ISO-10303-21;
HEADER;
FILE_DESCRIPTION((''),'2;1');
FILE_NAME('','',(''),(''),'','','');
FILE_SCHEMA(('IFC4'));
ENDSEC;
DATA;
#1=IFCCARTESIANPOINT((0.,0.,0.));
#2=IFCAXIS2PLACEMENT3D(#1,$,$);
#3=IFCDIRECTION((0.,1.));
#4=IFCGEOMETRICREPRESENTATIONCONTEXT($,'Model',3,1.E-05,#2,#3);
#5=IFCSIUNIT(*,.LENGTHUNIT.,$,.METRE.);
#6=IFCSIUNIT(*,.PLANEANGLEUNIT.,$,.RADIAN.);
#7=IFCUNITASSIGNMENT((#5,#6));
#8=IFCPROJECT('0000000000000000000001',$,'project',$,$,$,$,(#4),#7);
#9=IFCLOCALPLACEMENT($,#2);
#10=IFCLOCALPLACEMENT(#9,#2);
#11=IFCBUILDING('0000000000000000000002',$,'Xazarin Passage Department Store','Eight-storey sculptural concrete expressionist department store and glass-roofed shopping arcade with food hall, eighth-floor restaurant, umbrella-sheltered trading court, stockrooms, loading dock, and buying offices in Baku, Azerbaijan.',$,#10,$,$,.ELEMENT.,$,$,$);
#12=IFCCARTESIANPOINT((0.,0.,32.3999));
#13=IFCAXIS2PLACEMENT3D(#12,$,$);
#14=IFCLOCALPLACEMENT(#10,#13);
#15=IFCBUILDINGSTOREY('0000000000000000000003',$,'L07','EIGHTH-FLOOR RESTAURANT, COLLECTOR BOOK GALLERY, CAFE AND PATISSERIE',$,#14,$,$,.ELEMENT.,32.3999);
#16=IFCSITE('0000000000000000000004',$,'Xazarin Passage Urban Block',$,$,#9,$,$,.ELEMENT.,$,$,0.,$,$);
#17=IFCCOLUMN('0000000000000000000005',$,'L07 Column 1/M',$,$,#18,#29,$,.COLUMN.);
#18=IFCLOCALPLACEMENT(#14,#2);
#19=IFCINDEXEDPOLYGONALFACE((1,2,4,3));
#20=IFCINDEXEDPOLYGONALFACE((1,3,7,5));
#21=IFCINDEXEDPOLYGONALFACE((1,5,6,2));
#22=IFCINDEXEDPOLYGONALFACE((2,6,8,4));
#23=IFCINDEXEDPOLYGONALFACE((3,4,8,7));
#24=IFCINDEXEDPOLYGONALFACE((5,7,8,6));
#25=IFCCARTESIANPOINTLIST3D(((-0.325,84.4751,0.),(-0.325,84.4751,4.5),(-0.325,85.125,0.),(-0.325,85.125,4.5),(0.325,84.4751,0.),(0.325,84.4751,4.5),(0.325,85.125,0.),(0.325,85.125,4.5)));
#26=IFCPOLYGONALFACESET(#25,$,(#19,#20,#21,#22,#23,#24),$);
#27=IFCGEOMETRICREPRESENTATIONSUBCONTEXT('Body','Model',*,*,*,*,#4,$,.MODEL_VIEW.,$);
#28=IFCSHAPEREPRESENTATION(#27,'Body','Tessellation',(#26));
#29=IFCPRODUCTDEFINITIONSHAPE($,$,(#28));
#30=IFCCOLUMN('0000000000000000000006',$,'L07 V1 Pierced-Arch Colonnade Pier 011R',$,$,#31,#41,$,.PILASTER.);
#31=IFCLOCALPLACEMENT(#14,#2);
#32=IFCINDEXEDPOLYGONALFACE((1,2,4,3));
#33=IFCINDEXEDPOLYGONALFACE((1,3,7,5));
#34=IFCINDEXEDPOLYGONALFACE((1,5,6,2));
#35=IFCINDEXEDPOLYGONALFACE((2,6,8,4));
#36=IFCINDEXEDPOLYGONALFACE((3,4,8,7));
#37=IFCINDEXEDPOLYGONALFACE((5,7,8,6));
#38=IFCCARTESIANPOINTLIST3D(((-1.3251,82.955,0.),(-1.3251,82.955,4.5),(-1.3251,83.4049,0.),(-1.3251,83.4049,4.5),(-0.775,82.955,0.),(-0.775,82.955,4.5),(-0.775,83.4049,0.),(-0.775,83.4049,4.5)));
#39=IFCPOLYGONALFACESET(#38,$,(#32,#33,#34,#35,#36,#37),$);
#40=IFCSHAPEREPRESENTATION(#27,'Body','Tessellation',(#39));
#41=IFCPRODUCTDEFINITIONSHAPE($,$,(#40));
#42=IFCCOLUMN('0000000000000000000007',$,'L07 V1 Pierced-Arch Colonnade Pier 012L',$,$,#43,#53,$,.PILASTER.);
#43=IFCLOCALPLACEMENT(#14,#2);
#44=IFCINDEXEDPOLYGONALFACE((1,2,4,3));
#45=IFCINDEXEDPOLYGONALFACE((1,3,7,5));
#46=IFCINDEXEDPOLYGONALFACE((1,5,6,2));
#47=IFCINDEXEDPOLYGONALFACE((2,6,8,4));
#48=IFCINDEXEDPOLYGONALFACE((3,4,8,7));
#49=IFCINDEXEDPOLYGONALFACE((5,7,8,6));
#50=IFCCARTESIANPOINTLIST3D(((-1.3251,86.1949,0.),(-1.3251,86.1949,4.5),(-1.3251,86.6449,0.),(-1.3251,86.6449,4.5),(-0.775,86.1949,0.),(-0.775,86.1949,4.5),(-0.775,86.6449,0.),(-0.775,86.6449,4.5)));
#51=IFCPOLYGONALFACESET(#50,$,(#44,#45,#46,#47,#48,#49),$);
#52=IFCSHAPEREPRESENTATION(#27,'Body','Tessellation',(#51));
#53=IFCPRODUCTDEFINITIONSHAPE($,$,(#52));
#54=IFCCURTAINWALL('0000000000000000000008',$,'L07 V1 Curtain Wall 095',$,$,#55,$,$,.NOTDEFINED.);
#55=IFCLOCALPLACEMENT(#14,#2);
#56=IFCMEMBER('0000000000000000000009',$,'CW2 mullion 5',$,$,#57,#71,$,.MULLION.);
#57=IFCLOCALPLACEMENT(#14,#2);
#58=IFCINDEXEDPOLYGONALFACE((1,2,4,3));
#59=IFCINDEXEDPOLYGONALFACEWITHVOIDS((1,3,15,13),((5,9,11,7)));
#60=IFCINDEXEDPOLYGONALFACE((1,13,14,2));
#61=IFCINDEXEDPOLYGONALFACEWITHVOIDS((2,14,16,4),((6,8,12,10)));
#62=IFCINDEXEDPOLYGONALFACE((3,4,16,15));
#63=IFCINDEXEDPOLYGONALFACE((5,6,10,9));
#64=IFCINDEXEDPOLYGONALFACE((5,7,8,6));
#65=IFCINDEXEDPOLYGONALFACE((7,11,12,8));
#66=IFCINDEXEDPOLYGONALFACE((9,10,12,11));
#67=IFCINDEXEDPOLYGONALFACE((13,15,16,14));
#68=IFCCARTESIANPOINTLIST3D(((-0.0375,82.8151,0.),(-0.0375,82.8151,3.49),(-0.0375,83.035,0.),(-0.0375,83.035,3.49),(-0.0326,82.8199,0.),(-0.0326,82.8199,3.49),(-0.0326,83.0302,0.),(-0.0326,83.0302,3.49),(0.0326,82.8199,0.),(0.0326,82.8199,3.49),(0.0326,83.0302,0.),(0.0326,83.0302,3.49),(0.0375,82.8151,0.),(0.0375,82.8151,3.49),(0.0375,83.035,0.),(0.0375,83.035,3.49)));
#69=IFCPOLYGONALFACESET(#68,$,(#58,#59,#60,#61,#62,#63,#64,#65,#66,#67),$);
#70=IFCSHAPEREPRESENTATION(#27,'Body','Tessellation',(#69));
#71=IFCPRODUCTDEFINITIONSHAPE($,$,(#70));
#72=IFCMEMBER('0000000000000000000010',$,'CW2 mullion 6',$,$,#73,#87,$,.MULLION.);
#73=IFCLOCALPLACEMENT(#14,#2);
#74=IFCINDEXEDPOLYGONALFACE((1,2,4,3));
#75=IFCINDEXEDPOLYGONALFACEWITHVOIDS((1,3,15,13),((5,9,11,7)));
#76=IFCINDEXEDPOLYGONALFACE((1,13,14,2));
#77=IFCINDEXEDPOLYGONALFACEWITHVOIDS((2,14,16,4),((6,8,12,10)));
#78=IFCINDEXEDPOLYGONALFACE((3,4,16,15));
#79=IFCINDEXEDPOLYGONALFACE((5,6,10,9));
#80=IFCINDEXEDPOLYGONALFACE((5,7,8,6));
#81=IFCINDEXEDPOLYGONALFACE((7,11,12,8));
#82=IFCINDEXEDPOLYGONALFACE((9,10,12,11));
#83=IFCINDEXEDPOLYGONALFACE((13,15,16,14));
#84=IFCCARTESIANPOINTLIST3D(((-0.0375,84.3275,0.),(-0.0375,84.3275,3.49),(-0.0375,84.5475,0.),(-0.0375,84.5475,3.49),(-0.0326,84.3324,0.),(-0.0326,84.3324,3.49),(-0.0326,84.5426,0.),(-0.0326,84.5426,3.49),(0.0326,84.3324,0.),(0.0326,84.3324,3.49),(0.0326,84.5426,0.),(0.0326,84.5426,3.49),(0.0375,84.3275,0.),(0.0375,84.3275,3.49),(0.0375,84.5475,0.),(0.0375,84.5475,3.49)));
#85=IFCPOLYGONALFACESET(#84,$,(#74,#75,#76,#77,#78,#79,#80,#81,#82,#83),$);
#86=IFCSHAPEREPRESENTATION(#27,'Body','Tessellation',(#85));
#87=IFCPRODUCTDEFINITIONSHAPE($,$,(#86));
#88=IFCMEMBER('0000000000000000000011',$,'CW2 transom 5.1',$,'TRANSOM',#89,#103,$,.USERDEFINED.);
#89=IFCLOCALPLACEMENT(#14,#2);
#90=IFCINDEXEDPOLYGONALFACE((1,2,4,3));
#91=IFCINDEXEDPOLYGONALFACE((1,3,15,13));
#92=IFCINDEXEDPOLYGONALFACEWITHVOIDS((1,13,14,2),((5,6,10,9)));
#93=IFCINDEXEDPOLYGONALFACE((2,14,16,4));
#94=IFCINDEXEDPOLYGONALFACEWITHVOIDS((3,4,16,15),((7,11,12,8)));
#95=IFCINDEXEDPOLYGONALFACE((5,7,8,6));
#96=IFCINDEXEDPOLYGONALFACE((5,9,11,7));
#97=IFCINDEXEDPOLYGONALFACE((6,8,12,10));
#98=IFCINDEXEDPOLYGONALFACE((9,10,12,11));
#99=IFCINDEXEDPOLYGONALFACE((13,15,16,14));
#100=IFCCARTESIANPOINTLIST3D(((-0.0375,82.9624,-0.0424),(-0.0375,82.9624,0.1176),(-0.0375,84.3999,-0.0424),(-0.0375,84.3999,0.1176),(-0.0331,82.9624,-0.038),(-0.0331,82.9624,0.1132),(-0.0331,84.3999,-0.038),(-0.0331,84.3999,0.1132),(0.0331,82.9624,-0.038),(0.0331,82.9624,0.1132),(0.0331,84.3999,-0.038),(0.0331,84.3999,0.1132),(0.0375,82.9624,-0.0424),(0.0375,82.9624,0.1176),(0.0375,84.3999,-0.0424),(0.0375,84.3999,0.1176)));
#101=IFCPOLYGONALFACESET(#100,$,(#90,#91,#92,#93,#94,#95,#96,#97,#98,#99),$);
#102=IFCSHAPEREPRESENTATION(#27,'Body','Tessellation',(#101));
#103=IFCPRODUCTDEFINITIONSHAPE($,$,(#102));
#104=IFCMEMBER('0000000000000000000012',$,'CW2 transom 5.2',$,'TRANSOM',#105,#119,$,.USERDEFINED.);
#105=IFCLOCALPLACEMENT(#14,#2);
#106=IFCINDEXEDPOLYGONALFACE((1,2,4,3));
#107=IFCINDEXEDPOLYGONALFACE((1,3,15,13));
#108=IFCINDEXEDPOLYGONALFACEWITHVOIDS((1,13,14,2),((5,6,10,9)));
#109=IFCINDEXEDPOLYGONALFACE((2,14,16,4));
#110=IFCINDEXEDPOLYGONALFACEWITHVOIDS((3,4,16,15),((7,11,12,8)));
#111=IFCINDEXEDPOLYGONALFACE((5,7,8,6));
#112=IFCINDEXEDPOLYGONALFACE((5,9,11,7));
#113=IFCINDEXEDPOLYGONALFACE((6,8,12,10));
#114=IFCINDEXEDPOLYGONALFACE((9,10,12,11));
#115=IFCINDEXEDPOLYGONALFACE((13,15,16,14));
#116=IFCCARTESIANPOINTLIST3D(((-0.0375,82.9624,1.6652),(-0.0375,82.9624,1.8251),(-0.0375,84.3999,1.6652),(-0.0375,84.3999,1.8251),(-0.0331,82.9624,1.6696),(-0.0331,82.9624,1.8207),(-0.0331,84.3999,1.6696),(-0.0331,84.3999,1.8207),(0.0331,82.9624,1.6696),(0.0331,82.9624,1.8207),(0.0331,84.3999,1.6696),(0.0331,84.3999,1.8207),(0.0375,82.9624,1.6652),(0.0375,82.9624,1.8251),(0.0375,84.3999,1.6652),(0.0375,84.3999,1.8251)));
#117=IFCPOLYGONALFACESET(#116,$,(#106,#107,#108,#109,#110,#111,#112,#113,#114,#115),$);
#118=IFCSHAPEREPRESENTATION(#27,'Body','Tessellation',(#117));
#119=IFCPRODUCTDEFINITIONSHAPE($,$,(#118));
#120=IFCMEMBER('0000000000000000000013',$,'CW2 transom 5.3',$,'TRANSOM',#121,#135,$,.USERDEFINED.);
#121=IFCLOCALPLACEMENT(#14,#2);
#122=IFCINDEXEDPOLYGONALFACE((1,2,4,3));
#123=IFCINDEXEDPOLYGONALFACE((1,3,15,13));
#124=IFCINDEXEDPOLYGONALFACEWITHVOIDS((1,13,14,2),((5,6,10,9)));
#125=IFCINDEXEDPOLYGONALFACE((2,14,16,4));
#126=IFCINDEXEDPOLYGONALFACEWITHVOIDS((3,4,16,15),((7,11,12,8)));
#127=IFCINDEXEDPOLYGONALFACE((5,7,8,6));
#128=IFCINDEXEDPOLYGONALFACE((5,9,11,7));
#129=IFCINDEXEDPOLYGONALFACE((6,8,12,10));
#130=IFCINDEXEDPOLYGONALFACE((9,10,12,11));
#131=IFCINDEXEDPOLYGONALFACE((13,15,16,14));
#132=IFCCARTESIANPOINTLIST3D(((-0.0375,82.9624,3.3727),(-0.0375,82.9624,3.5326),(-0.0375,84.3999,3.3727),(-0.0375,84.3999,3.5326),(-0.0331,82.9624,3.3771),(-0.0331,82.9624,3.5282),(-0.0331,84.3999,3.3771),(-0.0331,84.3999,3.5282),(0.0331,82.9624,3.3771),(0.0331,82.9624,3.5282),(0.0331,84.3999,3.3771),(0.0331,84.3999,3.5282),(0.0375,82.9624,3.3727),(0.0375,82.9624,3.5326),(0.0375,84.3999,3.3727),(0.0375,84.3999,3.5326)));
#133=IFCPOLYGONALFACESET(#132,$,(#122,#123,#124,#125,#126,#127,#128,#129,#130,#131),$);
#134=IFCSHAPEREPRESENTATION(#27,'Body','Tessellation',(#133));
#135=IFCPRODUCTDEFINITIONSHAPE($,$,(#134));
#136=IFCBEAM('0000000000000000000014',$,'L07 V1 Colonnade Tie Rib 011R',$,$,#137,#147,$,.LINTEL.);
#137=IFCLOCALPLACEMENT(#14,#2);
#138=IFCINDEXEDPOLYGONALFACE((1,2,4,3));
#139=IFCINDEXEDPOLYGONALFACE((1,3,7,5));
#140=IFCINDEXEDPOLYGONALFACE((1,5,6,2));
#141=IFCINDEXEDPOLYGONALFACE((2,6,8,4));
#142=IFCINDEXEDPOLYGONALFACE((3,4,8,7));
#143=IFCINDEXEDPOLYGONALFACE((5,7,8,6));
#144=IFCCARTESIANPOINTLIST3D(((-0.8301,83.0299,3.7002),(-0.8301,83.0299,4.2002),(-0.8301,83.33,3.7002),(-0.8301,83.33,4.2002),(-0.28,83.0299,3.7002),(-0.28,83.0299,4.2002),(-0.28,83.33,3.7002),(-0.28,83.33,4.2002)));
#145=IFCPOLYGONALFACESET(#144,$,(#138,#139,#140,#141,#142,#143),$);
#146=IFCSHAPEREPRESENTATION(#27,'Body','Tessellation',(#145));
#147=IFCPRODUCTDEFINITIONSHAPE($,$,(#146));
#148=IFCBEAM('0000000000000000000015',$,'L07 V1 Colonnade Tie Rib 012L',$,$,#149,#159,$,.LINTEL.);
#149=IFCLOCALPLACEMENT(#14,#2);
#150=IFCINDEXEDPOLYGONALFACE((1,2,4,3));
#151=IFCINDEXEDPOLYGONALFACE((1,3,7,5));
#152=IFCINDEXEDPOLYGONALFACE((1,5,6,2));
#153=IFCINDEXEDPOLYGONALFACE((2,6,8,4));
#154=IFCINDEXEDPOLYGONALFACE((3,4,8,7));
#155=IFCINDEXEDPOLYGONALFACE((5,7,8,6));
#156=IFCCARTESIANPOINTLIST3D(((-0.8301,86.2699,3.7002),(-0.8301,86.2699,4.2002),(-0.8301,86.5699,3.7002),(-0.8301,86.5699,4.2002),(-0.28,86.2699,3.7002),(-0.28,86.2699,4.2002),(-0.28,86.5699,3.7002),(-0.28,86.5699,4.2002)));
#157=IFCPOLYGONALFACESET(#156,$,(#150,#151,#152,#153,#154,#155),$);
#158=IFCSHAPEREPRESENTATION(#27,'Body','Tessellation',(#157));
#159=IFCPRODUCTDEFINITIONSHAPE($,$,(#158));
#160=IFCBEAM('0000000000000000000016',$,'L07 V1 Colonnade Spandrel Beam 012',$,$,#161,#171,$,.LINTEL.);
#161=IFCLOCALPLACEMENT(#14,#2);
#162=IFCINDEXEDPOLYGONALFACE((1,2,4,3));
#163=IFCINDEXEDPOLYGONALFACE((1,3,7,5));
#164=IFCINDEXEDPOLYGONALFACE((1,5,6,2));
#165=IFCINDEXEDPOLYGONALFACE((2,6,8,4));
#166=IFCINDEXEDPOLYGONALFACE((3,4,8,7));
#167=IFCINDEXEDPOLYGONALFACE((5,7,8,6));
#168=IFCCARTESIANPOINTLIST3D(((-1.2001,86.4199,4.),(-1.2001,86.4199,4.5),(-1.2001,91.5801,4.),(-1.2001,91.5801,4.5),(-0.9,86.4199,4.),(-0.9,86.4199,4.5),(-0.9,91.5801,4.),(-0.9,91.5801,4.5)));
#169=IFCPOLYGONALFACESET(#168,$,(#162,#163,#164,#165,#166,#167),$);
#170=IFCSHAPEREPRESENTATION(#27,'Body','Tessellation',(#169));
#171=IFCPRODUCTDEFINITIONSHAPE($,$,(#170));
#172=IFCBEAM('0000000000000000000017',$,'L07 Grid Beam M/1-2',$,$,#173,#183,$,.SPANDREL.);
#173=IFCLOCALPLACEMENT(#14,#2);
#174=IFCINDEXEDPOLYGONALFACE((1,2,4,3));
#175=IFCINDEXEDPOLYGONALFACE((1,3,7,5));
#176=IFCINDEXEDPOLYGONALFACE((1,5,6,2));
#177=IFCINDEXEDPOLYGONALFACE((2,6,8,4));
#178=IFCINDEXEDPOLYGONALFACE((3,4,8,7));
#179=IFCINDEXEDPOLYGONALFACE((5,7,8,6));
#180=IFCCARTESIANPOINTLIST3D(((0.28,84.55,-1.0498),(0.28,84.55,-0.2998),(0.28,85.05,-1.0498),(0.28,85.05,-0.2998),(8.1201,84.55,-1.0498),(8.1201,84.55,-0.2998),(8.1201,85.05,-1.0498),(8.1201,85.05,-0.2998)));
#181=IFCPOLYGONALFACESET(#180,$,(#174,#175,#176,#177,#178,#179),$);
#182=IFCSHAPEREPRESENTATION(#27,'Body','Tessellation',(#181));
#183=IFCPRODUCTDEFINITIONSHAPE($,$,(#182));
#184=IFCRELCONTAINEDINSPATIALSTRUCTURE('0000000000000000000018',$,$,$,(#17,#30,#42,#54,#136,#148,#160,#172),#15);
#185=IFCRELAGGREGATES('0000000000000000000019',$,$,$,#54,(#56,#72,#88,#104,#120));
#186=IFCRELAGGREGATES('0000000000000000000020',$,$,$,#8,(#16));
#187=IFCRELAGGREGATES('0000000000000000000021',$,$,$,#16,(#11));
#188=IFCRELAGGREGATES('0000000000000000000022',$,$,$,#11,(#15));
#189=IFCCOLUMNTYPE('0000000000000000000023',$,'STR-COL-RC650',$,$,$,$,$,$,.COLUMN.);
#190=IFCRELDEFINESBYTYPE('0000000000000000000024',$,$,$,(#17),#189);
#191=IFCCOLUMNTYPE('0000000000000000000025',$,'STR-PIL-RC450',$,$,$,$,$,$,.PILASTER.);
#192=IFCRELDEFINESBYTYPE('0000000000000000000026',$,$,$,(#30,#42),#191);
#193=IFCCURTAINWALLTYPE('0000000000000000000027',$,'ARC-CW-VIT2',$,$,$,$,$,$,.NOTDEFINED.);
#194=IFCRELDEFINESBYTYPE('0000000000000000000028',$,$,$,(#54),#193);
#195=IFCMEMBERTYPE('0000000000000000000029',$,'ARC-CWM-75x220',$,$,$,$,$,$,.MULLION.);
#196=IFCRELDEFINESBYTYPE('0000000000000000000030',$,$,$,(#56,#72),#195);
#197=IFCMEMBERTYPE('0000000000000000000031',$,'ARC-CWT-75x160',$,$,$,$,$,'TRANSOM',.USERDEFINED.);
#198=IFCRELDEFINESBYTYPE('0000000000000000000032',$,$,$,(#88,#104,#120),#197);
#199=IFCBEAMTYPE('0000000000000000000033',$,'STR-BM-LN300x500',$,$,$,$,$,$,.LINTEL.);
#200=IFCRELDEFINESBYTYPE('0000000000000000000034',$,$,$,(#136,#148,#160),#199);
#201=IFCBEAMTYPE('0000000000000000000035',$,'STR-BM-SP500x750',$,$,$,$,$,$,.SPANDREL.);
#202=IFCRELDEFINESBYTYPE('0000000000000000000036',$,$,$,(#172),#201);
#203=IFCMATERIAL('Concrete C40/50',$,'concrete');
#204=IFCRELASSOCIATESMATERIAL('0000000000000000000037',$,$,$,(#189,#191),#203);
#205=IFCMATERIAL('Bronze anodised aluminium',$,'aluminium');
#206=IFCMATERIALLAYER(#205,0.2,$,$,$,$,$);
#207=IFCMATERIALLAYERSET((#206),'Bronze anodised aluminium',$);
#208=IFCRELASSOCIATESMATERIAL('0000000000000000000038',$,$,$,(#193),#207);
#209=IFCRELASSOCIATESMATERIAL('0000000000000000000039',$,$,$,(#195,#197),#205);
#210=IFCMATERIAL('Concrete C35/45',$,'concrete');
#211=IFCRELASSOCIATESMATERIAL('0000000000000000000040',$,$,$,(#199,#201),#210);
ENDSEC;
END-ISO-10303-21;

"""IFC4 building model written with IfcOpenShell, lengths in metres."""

from ifc_helpers import new_model, si_unit, direction, frame, origin, origin_2d, place, context, subcontext, project, spatial, rectangle, hollow_rectangle, extrude, material, layer, layer_set, material_profile, profile_set, type_object, element, aggregate, save


model = new_model("IFC4")

# Units and contexts
model_context = context("Model", 3, precision=1e-05, world=origin(), true_north=direction((0.0, 1.0)))
body_context = subcontext(model_context, "Body", "Model", "MODEL_VIEW")
ifc_project = project(units=[si_unit("LENGTHUNIT", "METRE"), si_unit("PLANEANGLEUNIT", "RADIAN")], contexts=[model_context])

# Site, building, storey
site_placement = place(None, origin())
site = spatial("IfcSite", under=ifc_project, at=site_placement, Name="Xazarin Passage Urban Block", CompositionType="ELEMENT", RefElevation=0.0)
building_placement = place(site_placement, origin())
building = spatial("IfcBuilding", under=site, at=building_placement, Name="Xazarin Passage Department Store", Description="Eight-storey sculptural concrete expressionist department store and glass-roofed shopping arcade with food hall, eighth-floor restaurant, umbrella-sheltered trading court, stockrooms, loading dock, and buying offices in Baku, Azerbaijan.", CompositionType="ELEMENT")
storey_placement = place(building_placement, frame((0.0, 0.0, 32.3999)))
storey = spatial("IfcBuildingStorey", under=building, at=storey_placement, Name="L07", Description="EIGHTH-FLOOR RESTAURANT, COLLECTOR BOOK GALLERY, CAFE AND PATISSERIE", CompositionType="ELEMENT", Elevation=32.3999)

# Columns
ifc_material_1 = material(Name="Concrete C40/50", Category="concrete")
ifc_material_profile_1 = material_profile(ifc_material_1, rectangle(XDim=0.6499, YDim=0.6499, at=origin_2d()), Name="RC 650x650")
ifc_profile_set_1 = profile_set([ifc_material_profile_1], Name="Concrete C40/50")
column_type_1 = type_object("IfcColumnType", Name="STR-COL-RC650", PredefinedType="COLUMN", material=ifc_profile_set_1)
column_placement = place(storey_placement, frame((0.0, 84.8, 0.0), z_axis=(0.0, 0.0, 1.0), x_axis=(1.0, 0.0, 0.0)))
element("IfcColumn", 1, at=column_placement, inside=storey, type_object=column_type_1, Name="L07 Column 1/M", PredefinedType="COLUMN", context=body_context, shape_type="SweptSolid", body=[
    extrude(rectangle(XDim=0.6499, YDim=0.6499, at=origin_2d()), origin(), (0.0, 0.0, 1.0), 4.5),
])
ifc_material_profile_2 = material_profile(ifc_material_1, rectangle(XDim=0.45, YDim=0.55, at=origin_2d()), Name="RC 450x550")
ifc_profile_set_2 = profile_set([ifc_material_profile_2], Name="Concrete C40/50")
column_type_2 = type_object("IfcColumnType", Name="STR-PIL-RC450", PredefinedType="PILASTER", material=ifc_profile_set_2)
for number, where, z_axis, x_axis, name in (
    (2, (-1.05, 83.1799, 0.0), (0.0, 0.0, 1.0), (0.0, 1.0, 0.0), "L07 V1 Pierced-Arch Colonnade Pier 011R"),
    (3, (-1.05, 86.4199, 0.0), (0.0, 0.0, 1.0), (0.0, 1.0, 0.0), "L07 V1 Pierced-Arch Colonnade Pier 012L"),
):
    element("IfcColumn", number, at=place(storey_placement, frame(where, z_axis=z_axis, x_axis=x_axis)), inside=storey, type_object=column_type_2, Name=name, PredefinedType="PILASTER", context=body_context, shape_type="SweptSolid", body=[
        extrude(rectangle(XDim=0.45, YDim=0.55, at=origin_2d()), origin(), (0.0, 0.0, 1.0), 4.5),
    ])

# Curtain wall, members
ifc_material_2 = material(Name="Bronze anodised aluminium", Category="aluminium")
ifc_layer_1 = layer(ifc_material_2, 0.2)
ifc_layer_set_1 = layer_set([ifc_layer_1], Name="Bronze anodised aluminium")
curtain_wall_type = type_object("IfcCurtainWallType", Name="ARC-CW-VIT2", PredefinedType="NOTDEFINED", material=ifc_layer_set_1)
curtain_wall_placement = place(storey_placement, origin())
curtain_wall = element("IfcCurtainWall", 4, at=curtain_wall_placement, inside=storey, type_object=curtain_wall_type, Name="L07 V1 Curtain Wall 095", PredefinedType="NOTDEFINED")
ifc_material_profile_3 = material_profile(ifc_material_2, hollow_rectangle(XDim=0.075, YDim=0.22, WallThickness=0.0049, at=origin_2d()), Name="ALU 75x220")
ifc_profile_set_3 = profile_set([ifc_material_profile_3], Name="Bronze anodised aluminium")
member_type_1 = type_object("IfcMemberType", Name="ARC-CWM-75x220", PredefinedType="MULLION", material=ifc_profile_set_3)
member_1_placement = place(storey_placement, frame((0.0, 82.925, 0.0), z_axis=(0.0, 0.0, 1.0), x_axis=(-1.0, 0.0, 0.0)))
member_1 = element("IfcMember", 5, at=member_1_placement, type_object=member_type_1, Name="CW2 mullion 5", PredefinedType="MULLION", context=body_context, shape_type="SweptSolid", body=[
    extrude(hollow_rectangle(XDim=0.075, YDim=0.22, WallThickness=0.0049, at=origin_2d()), origin(), (0.0, 0.0, 1.0), 3.49),
])
member_2_placement = place(storey_placement, frame((0.0, 84.4375, 0.0), z_axis=(0.0, 0.0, 1.0), x_axis=(-1.0, 0.0, 0.0)))
member_2 = element("IfcMember", 6, at=member_2_placement, type_object=member_type_1, Name="CW2 mullion 6", PredefinedType="MULLION", context=body_context, shape_type="SweptSolid", body=[
    extrude(hollow_rectangle(XDim=0.075, YDim=0.22, WallThickness=0.0049, at=origin_2d()), origin(), (0.0, 0.0, 1.0), 3.49),
])
ifc_material_profile_4 = material_profile(ifc_material_2, hollow_rectangle(XDim=0.075, YDim=0.1599, WallThickness=0.0044, at=origin_2d()), Name="ALU 75x160")
ifc_profile_set_4 = profile_set([ifc_material_profile_4], Name="Bronze anodised aluminium")
member_type_2 = type_object("IfcMemberType", Name="ARC-CWT-75x160", ElementType="TRANSOM", PredefinedType="USERDEFINED", material=ifc_profile_set_4)
member_3_placement = place(storey_placement, frame((0.0, 82.9624, 0.0376), z_axis=(0.0, 1.0, 0.0), x_axis=(-1.0, 0.0, 0.0)))
member_3 = element("IfcMember", 7, at=member_3_placement, type_object=member_type_2, Name="CW2 transom 5.1", ObjectType="TRANSOM", PredefinedType="USERDEFINED", context=body_context, shape_type="SweptSolid", body=[
    extrude(hollow_rectangle(XDim=0.075, YDim=0.1599, WallThickness=0.0044, at=origin_2d()), origin(), (0.0, 0.0, 1.0), 1.4375),
])
member_4_placement = place(storey_placement, frame((0.0, 82.9624, 1.7451), z_axis=(0.0, 1.0, 0.0), x_axis=(-1.0, 0.0, 0.0)))
member_4 = element("IfcMember", 8, at=member_4_placement, type_object=member_type_2, Name="CW2 transom 5.2", ObjectType="TRANSOM", PredefinedType="USERDEFINED", context=body_context, shape_type="SweptSolid", body=[
    extrude(hollow_rectangle(XDim=0.075, YDim=0.1599, WallThickness=0.0044, at=origin_2d()), origin(), (0.0, 0.0, 1.0), 1.4375),
])
member_5_placement = place(storey_placement, frame((0.0, 82.9624, 3.4526), z_axis=(0.0, 1.0, 0.0), x_axis=(-1.0, 0.0, 0.0)))
member_5 = element("IfcMember", 9, at=member_5_placement, type_object=member_type_2, Name="CW2 transom 5.3", ObjectType="TRANSOM", PredefinedType="USERDEFINED", context=body_context, shape_type="SweptSolid", body=[
    extrude(hollow_rectangle(XDim=0.075, YDim=0.1599, WallThickness=0.0044, at=origin_2d()), origin(), (0.0, 0.0, 1.0), 1.4375),
])

# Beams
ifc_material_3 = material(Name="Concrete C35/45", Category="concrete")
ifc_material_profile_5 = material_profile(ifc_material_3, rectangle(XDim=0.3, YDim=0.5, at=origin_2d()), Name="RC 300x500")
ifc_profile_set_5 = profile_set([ifc_material_profile_5], Name="Concrete C35/45")
beam_type_1 = type_object("IfcBeamType", Name="STR-BM-LN300x500", PredefinedType="LINTEL", material=ifc_profile_set_5)
for number, where, z_axis, x_axis, name in (
    (10, (-0.28, 83.1799, 3.9502), (-1.0, 0.0, 0.0), (0.0, -1.0, 0.0), "L07 V1 Colonnade Tie Rib 011R"),
    (11, (-0.28, 86.4199, 3.9502), (-1.0, 0.0, 0.0), (0.0, -1.0, 0.0), "L07 V1 Colonnade Tie Rib 012L"),
):
    element("IfcBeam", number, at=place(storey_placement, frame(where, z_axis=z_axis, x_axis=x_axis)), inside=storey, type_object=beam_type_1, Name=name, PredefinedType="LINTEL", context=body_context, shape_type="SweptSolid", body=[
        extrude(rectangle(XDim=0.3, YDim=0.5, at=origin_2d()), origin(), (0.0, 0.0, 1.0), 0.55),
    ])
beam_1_placement = place(storey_placement, frame((-1.05, 86.4199, 4.25), z_axis=(0.0, 1.0, 0.0), x_axis=(-1.0, 0.0, 0.0)))
element("IfcBeam", 12, at=beam_1_placement, inside=storey, type_object=beam_type_1, Name="L07 V1 Colonnade Spandrel Beam 012", PredefinedType="LINTEL", context=body_context, shape_type="SweptSolid", body=[
    extrude(rectangle(XDim=0.3, YDim=0.5, at=origin_2d()), origin(), (0.0, 0.0, 1.0), 5.1602),
])
ifc_material_profile_6 = material_profile(ifc_material_3, rectangle(XDim=0.5, YDim=0.75, at=origin_2d()), Name="RC 500x750")
ifc_profile_set_6 = profile_set([ifc_material_profile_6], Name="Concrete C35/45")
beam_type_2 = type_object("IfcBeamType", Name="STR-BM-SP500x750", PredefinedType="SPANDREL", material=ifc_profile_set_6)
beam_2_placement = place(storey_placement, frame((0.28, 84.8, -0.6748), z_axis=(1.0, 0.0, 0.0), x_axis=(0.0, 1.0, 0.0)))
element("IfcBeam", 13, at=beam_2_placement, inside=storey, type_object=beam_type_2, Name="L07 Grid Beam M/1-2", PredefinedType="SPANDREL", context=body_context, shape_type="SweptSolid", body=[
    extrude(rectangle(XDim=0.5, YDim=0.75, at=origin_2d()), origin(), (0.0, 0.0, 1.0), 7.8401),
])

aggregate(curtain_wall, [member_1, member_2, member_3, member_4, member_5])

save(model, "model.ifc")
